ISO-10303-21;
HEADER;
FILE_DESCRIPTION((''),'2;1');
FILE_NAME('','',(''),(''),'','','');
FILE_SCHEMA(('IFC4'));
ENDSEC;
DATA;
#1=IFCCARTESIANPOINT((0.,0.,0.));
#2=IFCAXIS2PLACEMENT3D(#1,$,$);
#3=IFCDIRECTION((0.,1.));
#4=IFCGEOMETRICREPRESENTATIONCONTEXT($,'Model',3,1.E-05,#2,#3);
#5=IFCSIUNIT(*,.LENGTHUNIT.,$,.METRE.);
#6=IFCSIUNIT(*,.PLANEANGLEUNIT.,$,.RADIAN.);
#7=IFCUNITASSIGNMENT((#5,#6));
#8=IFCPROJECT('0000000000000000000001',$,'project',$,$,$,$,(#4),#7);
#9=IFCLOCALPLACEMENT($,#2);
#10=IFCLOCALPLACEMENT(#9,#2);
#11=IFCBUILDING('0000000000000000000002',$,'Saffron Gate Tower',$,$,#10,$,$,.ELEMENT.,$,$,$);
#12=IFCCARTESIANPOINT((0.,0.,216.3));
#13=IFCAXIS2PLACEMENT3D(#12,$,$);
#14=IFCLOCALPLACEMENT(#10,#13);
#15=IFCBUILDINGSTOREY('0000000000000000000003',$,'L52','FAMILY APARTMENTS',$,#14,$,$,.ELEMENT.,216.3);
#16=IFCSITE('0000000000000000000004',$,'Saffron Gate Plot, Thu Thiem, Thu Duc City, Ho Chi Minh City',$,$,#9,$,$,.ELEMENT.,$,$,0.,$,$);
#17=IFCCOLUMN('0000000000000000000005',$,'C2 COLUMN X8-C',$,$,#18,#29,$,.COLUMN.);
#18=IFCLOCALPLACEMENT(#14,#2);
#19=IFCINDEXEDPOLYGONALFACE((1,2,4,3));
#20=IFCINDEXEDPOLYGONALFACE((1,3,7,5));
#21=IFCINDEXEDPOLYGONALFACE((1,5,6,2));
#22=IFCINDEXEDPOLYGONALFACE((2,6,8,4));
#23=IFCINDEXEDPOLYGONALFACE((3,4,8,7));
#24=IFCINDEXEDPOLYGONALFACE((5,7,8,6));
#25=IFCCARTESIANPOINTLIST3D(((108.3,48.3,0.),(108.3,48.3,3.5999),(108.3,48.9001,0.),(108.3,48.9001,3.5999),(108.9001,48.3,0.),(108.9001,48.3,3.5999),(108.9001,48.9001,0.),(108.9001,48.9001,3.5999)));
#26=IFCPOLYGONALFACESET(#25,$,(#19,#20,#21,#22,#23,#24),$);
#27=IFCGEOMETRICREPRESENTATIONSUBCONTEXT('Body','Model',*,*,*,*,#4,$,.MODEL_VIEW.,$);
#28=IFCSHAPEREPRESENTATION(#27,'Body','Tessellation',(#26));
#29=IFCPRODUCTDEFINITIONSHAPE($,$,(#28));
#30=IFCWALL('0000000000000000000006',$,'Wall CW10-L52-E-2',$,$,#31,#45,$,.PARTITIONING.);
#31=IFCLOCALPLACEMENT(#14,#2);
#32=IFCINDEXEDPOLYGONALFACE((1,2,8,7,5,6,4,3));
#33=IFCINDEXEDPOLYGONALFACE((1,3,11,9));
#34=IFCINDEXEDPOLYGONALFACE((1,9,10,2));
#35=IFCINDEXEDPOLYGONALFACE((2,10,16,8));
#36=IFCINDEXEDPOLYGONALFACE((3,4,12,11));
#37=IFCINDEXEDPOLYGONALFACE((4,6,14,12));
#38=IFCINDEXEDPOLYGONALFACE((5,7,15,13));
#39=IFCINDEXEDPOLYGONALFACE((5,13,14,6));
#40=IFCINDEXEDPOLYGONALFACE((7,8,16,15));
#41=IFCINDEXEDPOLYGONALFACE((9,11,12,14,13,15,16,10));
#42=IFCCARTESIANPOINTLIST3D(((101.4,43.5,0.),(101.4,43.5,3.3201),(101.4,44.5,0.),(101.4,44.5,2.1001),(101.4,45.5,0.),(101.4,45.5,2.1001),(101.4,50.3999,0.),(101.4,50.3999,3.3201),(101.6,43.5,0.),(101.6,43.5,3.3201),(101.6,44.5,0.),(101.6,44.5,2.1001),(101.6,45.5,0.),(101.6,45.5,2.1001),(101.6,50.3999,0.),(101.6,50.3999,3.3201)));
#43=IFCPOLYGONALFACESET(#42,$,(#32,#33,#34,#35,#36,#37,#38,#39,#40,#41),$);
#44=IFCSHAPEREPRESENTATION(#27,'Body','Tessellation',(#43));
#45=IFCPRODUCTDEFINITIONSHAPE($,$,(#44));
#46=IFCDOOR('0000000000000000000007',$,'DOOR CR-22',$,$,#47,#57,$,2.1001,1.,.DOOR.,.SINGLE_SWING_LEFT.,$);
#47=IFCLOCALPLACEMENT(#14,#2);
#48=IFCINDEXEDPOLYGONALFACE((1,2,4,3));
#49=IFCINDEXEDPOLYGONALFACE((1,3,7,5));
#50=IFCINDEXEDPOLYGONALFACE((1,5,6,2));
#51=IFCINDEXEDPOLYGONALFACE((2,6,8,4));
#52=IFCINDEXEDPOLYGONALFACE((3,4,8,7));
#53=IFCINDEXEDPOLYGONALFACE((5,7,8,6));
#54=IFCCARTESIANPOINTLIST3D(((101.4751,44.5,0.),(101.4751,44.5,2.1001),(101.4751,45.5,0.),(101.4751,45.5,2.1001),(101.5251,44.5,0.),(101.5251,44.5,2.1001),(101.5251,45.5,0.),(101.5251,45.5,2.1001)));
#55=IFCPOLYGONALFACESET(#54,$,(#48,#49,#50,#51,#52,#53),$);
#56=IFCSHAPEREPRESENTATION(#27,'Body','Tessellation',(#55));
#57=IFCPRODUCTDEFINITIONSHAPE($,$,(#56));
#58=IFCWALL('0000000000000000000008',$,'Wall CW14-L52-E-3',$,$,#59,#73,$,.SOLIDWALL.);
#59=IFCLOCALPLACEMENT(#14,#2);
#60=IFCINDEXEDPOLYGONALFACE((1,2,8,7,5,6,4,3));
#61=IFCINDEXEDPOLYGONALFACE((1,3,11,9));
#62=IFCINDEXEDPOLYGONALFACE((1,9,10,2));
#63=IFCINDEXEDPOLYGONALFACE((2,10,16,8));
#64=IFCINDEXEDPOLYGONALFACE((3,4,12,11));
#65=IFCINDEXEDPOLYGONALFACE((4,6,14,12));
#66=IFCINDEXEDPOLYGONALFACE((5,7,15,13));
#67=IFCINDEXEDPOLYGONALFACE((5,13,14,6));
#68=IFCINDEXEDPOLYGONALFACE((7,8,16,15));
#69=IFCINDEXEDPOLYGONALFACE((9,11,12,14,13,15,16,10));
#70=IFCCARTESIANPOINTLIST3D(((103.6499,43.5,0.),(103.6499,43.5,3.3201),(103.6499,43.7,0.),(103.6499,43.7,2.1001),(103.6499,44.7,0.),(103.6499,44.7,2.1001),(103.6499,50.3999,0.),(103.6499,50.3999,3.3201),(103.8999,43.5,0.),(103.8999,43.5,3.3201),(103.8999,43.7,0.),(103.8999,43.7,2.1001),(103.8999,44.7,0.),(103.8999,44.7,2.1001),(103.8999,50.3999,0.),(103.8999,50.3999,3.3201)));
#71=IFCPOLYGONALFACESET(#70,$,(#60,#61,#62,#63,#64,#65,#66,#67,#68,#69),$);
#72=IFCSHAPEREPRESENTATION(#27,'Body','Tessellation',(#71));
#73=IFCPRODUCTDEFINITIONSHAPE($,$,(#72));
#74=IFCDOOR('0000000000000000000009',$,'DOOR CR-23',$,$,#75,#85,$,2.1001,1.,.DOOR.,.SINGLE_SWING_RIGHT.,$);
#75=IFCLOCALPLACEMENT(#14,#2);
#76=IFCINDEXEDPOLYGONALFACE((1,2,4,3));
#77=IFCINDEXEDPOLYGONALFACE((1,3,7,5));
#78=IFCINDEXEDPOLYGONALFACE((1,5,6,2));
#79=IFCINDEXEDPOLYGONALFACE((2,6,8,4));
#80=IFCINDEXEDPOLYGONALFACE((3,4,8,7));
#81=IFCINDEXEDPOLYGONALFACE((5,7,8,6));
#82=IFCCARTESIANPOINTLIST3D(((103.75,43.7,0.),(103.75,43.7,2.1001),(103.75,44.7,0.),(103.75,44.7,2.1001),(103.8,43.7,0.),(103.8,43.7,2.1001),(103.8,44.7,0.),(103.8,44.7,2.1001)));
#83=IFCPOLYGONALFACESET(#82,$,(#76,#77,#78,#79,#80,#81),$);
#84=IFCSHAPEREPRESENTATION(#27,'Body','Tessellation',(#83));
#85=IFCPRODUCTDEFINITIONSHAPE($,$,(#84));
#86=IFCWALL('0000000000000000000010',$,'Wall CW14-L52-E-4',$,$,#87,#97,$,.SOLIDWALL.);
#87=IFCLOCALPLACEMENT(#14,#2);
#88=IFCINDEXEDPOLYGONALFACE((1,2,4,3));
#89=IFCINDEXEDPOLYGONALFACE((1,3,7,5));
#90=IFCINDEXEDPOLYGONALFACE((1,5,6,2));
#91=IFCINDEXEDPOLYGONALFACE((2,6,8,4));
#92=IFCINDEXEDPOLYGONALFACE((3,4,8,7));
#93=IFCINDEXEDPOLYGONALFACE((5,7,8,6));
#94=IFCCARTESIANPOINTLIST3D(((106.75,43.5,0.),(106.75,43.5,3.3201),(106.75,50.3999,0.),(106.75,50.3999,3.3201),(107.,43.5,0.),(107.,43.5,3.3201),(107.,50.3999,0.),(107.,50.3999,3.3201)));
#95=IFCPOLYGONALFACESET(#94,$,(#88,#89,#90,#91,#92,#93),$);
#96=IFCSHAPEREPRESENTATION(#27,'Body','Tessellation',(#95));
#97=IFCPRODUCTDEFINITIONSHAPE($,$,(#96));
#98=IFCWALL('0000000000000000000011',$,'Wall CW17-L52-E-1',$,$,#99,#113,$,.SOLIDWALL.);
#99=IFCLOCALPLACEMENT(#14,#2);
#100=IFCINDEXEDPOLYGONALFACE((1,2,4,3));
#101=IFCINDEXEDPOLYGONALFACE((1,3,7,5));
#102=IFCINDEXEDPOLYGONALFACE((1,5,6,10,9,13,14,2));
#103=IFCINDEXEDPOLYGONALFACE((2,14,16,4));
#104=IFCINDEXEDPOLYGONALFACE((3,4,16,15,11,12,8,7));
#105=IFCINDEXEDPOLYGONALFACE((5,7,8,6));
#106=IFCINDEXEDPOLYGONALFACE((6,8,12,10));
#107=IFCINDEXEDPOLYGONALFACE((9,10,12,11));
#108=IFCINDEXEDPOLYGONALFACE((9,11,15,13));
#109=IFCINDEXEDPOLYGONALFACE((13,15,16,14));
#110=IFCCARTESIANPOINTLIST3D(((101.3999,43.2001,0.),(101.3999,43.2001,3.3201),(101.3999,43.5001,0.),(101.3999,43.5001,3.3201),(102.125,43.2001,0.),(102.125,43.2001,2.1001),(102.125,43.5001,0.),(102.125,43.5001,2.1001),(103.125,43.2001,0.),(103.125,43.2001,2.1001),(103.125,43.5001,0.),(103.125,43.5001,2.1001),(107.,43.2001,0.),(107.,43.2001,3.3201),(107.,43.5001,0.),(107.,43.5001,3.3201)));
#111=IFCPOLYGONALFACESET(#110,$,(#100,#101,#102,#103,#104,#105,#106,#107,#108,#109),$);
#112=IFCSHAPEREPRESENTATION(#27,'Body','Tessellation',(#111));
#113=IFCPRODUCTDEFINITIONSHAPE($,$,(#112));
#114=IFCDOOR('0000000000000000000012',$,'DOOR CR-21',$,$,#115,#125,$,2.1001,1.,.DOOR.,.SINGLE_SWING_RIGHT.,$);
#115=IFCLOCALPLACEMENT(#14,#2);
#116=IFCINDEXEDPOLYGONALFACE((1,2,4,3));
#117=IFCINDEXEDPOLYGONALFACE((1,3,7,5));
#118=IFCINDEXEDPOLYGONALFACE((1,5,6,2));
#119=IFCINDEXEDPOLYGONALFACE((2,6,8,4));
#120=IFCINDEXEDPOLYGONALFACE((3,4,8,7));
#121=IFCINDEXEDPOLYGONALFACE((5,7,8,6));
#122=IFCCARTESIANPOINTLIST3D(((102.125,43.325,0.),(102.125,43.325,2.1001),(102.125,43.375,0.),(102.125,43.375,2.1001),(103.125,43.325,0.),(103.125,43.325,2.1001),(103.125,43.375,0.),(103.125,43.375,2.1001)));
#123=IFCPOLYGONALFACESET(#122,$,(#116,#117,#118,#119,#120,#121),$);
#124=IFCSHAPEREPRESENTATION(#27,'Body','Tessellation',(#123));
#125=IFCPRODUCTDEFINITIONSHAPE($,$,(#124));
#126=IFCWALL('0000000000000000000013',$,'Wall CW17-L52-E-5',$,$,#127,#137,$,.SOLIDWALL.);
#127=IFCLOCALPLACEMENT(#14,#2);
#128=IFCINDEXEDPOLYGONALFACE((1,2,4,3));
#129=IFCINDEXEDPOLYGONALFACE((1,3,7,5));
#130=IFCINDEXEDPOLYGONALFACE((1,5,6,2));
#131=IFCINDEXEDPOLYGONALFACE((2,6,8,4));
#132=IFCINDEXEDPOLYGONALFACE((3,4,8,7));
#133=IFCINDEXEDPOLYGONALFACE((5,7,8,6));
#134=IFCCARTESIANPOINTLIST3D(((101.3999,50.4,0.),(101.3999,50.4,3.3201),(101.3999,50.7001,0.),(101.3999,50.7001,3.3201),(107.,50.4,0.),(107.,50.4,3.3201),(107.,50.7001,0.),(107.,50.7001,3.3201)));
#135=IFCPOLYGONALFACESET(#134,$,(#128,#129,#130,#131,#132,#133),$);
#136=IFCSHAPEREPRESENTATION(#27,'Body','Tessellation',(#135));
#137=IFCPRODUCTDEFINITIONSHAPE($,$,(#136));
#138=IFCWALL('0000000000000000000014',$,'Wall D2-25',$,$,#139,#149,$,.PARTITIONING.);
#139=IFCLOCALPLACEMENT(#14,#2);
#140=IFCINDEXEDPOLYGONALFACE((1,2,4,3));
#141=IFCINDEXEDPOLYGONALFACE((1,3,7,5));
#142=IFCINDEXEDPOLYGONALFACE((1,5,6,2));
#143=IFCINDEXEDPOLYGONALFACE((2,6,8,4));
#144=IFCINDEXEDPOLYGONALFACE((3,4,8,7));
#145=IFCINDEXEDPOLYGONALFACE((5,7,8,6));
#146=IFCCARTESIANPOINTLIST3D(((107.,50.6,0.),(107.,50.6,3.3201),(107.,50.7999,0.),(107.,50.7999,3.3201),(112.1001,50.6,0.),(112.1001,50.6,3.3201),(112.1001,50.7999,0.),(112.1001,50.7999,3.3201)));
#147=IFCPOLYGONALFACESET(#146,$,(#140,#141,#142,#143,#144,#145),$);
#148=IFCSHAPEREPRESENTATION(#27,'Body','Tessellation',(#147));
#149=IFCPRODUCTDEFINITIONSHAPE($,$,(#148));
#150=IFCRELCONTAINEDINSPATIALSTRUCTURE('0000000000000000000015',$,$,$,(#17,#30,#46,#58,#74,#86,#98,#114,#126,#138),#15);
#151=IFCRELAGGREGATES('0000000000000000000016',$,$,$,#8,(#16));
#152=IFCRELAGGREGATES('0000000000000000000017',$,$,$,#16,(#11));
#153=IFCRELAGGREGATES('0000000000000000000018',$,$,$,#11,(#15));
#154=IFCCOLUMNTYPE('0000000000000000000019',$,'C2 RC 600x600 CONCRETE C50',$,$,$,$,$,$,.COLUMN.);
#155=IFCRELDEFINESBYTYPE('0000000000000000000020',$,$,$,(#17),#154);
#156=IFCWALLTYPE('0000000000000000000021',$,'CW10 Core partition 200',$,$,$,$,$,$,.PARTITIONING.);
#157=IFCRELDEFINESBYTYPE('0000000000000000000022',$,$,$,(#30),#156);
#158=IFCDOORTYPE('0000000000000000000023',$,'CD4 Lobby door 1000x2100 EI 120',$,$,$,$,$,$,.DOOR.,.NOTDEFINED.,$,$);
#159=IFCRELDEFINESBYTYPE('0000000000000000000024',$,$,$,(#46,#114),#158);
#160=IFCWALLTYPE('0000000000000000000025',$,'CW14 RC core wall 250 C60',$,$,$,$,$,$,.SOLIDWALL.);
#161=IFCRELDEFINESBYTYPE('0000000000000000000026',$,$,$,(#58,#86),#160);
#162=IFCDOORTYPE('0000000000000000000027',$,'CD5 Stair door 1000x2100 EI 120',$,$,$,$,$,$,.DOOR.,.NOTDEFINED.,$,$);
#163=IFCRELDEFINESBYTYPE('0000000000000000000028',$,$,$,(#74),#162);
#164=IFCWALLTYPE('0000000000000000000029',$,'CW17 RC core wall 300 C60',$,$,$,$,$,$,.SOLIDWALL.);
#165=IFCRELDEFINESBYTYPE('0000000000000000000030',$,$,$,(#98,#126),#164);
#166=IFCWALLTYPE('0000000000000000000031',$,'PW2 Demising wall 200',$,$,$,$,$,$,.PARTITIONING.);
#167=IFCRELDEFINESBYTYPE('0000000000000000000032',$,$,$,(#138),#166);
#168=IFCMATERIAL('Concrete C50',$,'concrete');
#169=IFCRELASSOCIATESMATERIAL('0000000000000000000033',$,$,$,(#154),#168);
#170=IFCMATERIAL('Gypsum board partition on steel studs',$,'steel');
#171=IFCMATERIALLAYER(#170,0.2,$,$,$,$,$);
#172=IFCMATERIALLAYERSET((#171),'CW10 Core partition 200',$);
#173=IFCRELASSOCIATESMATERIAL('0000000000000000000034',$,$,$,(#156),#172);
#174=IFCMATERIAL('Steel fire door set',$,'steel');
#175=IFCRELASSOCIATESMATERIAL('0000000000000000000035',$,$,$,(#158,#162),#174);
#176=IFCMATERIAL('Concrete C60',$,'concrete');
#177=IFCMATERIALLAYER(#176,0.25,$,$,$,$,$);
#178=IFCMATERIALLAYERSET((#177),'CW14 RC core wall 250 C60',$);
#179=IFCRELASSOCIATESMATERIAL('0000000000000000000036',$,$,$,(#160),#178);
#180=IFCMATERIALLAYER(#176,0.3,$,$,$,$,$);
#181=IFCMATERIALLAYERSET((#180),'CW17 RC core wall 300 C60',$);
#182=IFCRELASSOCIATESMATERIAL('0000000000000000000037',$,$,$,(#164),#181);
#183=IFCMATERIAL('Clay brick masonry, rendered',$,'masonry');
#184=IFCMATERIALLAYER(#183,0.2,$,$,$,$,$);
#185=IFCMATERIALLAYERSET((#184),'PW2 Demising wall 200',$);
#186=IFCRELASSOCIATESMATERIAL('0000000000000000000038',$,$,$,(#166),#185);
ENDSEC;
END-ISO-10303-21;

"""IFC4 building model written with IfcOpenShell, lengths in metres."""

from ifc_helpers import new_model, si_unit, direction, frame, frame_2d, origin, origin_2d, place, context, subcontext, project, spatial, rectangle, extrude, material, layer, layer_set, material_profile, profile_set, type_object, element, fill, save


model = new_model("IFC4")

# Units and contexts
model_context = context("Model", 3, precision=1e-05, world=origin(), true_north=direction((0.0, 1.0)))
body_context = subcontext(model_context, "Body", "Model", "MODEL_VIEW")
ifc_project = project(units=[si_unit("LENGTHUNIT", "METRE"), si_unit("PLANEANGLEUNIT", "RADIAN")], contexts=[model_context])

# Site, building, storey
site_placement = place(None, origin())
site = spatial("IfcSite", under=ifc_project, at=site_placement, Name="Saffron Gate Plot, Thu Thiem, Thu Duc City, Ho Chi Minh City", CompositionType="ELEMENT", RefElevation=0.0)
building_placement = place(site_placement, origin())
building = spatial("IfcBuilding", under=site, at=building_placement, Name="Saffron Gate Tower", CompositionType="ELEMENT")
storey_placement = place(building_placement, frame((0.0, 0.0, 216.3)))
storey = spatial("IfcBuildingStorey", under=building, at=storey_placement, Name="L52", Description="FAMILY APARTMENTS", CompositionType="ELEMENT", Elevation=216.3)

# Column
ifc_material_1 = material(Name="Concrete C50", Category="concrete")
ifc_material_profile = material_profile(ifc_material_1, rectangle(XDim=0.6001, YDim=0.6001, at=origin_2d()))
ifc_profile_set = profile_set([ifc_material_profile], Name="Concrete C50")
column_type = type_object("IfcColumnType", Name="C2 RC 600x600 CONCRETE C50", PredefinedType="COLUMN", material=ifc_profile_set)
column_placement = place(storey_placement, frame((108.6001, 48.6001, 0.0), z_axis=(0.0, 0.0, 1.0), x_axis=(1.0, 0.0, 0.0)))
element("IfcColumn", 1, at=column_placement, inside=storey, type_object=column_type, Name="C2 COLUMN X8-C", PredefinedType="COLUMN", context=body_context, shape_type="SweptSolid", body=[
    extrude(rectangle(XDim=0.6001, YDim=0.6001, at=origin_2d()), origin(), (0.0, 0.0, 1.0), 3.5999),
])

# Walls, openings, doors
ifc_material_2 = material(Name="Gypsum board partition on steel studs", Category="steel")
ifc_layer_1 = layer(ifc_material_2, 0.2)
ifc_layer_set_1 = layer_set([ifc_layer_1], Name="CW10 Core partition 200")
wall_type_1 = type_object("IfcWallType", Name="CW10 Core partition 200", PredefinedType="PARTITIONING", material=ifc_layer_set_1)
wall_1_placement = place(storey_placement, frame((101.5, 43.5, 0.0), z_axis=(0.0, 0.0, 1.0), x_axis=(0.0, 1.0, 0.0)))
wall_1 = element("IfcWall", 2, at=wall_1_placement, inside=storey, type_object=wall_type_1, Name="Wall CW10-L52-E-2", PredefinedType="PARTITIONING", context=body_context, shape_type="SweptSolid", body=[
    extrude(rectangle(XDim=6.8999, YDim=0.2, at=frame_2d((3.45, 0.0))), origin(), (0.0, 0.0, 1.0), 3.3201),
])
opening_1_placement = place(wall_1_placement, frame((1.0, 0.0, 0.0)))
opening_1 = element("IfcOpeningElement", 3, at=opening_1_placement, cuts=wall_1, PredefinedType="OPENING", context=body_context, shape_type="SweptSolid", body=[
    extrude(rectangle(XDim=1.0, YDim=2.1001, at=frame_2d((0.5, 1.05))), frame((0.0, 0.1099, 0.0), z_axis=(0.0, -1.0, 0.0), x_axis=(1.0, 0.0, 0.0)), (0.0, 0.0, 1.0), 0.22),
])
ifc_material_3 = material(Name="Steel fire door set", Category="steel")
door_type_1 = type_object("IfcDoorType", Name="CD4 Lobby door 1000x2100 EI 120", OperationType="NOTDEFINED", PredefinedType="DOOR", material=ifc_material_3)
door_1_placement = place(opening_1_placement, origin())
door_1 = element("IfcDoor", 4, at=door_1_placement, inside=storey, type_object=door_type_1, Name="DOOR CR-22", OperationType="SINGLE_SWING_LEFT", OverallHeight=2.1001, OverallWidth=1.0, PredefinedType="DOOR", context=body_context, shape_type="SweptSolid", body=[
    extrude(rectangle(XDim=1.0, YDim=2.1001, at=frame_2d((0.5, 1.05))), frame((0.0, 0.0249, 0.0), z_axis=(0.0, -1.0, 0.0), x_axis=(1.0, 0.0, 0.0)), (0.0, 0.0, 1.0), 0.05),
])
fill(opening_1, door_1)
ifc_material_4 = material(Name="Concrete C60", Category="concrete")
ifc_layer_2 = layer(ifc_material_4, 0.25)
ifc_layer_set_2 = layer_set([ifc_layer_2], Name="CW14 RC core wall 250 C60")
wall_type_2 = type_object("IfcWallType", Name="CW14 RC core wall 250 C60", PredefinedType="SOLIDWALL", material=ifc_layer_set_2)
wall_2_placement = place(storey_placement, frame((103.7749, 43.5, 0.0), z_axis=(0.0, 0.0, 1.0), x_axis=(0.0, 1.0, 0.0)))
wall_2 = element("IfcWall", 5, at=wall_2_placement, inside=storey, type_object=wall_type_2, Name="Wall CW14-L52-E-3", PredefinedType="SOLIDWALL", context=body_context, shape_type="SweptSolid", body=[
    extrude(rectangle(XDim=6.8999, YDim=0.25, at=frame_2d((3.45, 0.0))), origin(), (0.0, 0.0, 1.0), 3.3201),
])
opening_2_placement = place(wall_2_placement, frame((0.2, 0.0, 0.0)))
opening_2 = element("IfcOpeningElement", 6, at=opening_2_placement, cuts=wall_2, PredefinedType="OPENING", context=body_context, shape_type="SweptSolid", body=[
    extrude(rectangle(XDim=1.0, YDim=2.1001, at=frame_2d((0.5, 1.05))), frame((0.0, 0.135, 0.0), z_axis=(0.0, -1.0, 0.0), x_axis=(1.0, 0.0, 0.0)), (0.0, 0.0, 1.0), 0.27),
])
door_type_2 = type_object("IfcDoorType", Name="CD5 Stair door 1000x2100 EI 120", OperationType="NOTDEFINED", PredefinedType="DOOR", material=ifc_material_3)
door_2_placement = place(opening_2_placement, origin())
door_2 = element("IfcDoor", 7, at=door_2_placement, inside=storey, type_object=door_type_2, Name="DOOR CR-23", OperationType="SINGLE_SWING_RIGHT", OverallHeight=2.1001, OverallWidth=1.0, PredefinedType="DOOR", context=body_context, shape_type="SweptSolid", body=[
    extrude(rectangle(XDim=1.0, YDim=2.1001, at=frame_2d((0.5, 1.05))), frame((0.0, 0.0249, 0.0), z_axis=(0.0, -1.0, 0.0), x_axis=(1.0, 0.0, 0.0)), (0.0, 0.0, 1.0), 0.05),
])
fill(opening_2, door_2)

# Wall
wall_3_placement = place(storey_placement, frame((106.875, 43.5, 0.0), z_axis=(0.0, 0.0, 1.0), x_axis=(0.0, 1.0, 0.0)))
element("IfcWall", 8, at=wall_3_placement, inside=storey, type_object=wall_type_2, Name="Wall CW14-L52-E-4", PredefinedType="SOLIDWALL", context=body_context, shape_type="SweptSolid", body=[
    extrude(rectangle(XDim=6.8999, YDim=0.25, at=frame_2d((3.45, 0.0))), origin(), (0.0, 0.0, 1.0), 3.3201),
])

# Wall, opening, door
ifc_layer_3 = layer(ifc_material_4, 0.3)
ifc_layer_set_3 = layer_set([ifc_layer_3], Name="CW17 RC core wall 300 C60")
wall_type_3 = type_object("IfcWallType", Name="CW17 RC core wall 300 C60", PredefinedType="SOLIDWALL", material=ifc_layer_set_3)
wall_4_placement = place(storey_placement, frame((101.3999, 43.3501, 0.0), z_axis=(0.0, 0.0, 1.0), x_axis=(1.0, 0.0, 0.0)))
wall_4 = element("IfcWall", 9, at=wall_4_placement, inside=storey, type_object=wall_type_3, Name="Wall CW17-L52-E-1", PredefinedType="SOLIDWALL", context=body_context, shape_type="SweptSolid", body=[
    extrude(rectangle(XDim=5.6001, YDim=0.3, at=frame_2d((2.8, 0.0))), origin(), (0.0, 0.0, 1.0), 3.3201),
])
opening_3_placement = place(wall_4_placement, frame((0.7251, 0.0, 0.0)))
opening_3 = element("IfcOpeningElement", 10, at=opening_3_placement, cuts=wall_4, PredefinedType="OPENING", context=body_context, shape_type="SweptSolid", body=[
    extrude(rectangle(XDim=1.0, YDim=2.1001, at=frame_2d((0.5, 1.05))), frame((0.0, 0.1602, 0.0), z_axis=(0.0, -1.0, 0.0), x_axis=(1.0, 0.0, 0.0)), (0.0, 0.0, 1.0), 0.3201),
])
door_3_placement = place(opening_3_placement, origin())
door_3 = element("IfcDoor", 11, at=door_3_placement, inside=storey, type_object=door_type_1, Name="DOOR CR-21", OperationType="SINGLE_SWING_RIGHT", OverallHeight=2.1001, OverallWidth=1.0, PredefinedType="DOOR", context=body_context, shape_type="SweptSolid", body=[
    extrude(rectangle(XDim=1.0, YDim=2.1001, at=frame_2d((0.5, 1.05))), frame((0.0, 0.0249, 0.0), z_axis=(0.0, -1.0, 0.0), x_axis=(1.0, 0.0, 0.0)), (0.0, 0.0, 1.0), 0.05),
])
fill(opening_3, door_3)

# Walls
wall_5_placement = place(storey_placement, frame((101.3999, 50.55, 0.0), z_axis=(0.0, 0.0, 1.0), x_axis=(1.0, 0.0, 0.0)))
element("IfcWall", 12, at=wall_5_placement, inside=storey, type_object=wall_type_3, Name="Wall CW17-L52-E-5", PredefinedType="SOLIDWALL", context=body_context, shape_type="SweptSolid", body=[
    extrude(rectangle(XDim=5.6001, YDim=0.3, at=frame_2d((2.8, 0.0))), origin(), (0.0, 0.0, 1.0), 3.3201),
])
ifc_material_5 = material(Name="Clay brick masonry, rendered", Category="masonry")
ifc_layer_4 = layer(ifc_material_5, 0.2)
ifc_layer_set_4 = layer_set([ifc_layer_4], Name="PW2 Demising wall 200")
wall_type_4 = type_object("IfcWallType", Name="PW2 Demising wall 200", PredefinedType="PARTITIONING", material=ifc_layer_set_4)
wall_6_placement = place(storey_placement, frame((107.0, 50.7, 0.0), z_axis=(0.0, 0.0, 1.0), x_axis=(1.0, 0.0, 0.0)))
element("IfcWall", 13, at=wall_6_placement, inside=storey, type_object=wall_type_4, Name="Wall D2-25", PredefinedType="PARTITIONING", context=body_context, shape_type="SweptSolid", body=[
    extrude(rectangle(XDim=5.1001, YDim=0.2, at=frame_2d((2.55, 0.0))), origin(), (0.0, 0.0, 1.0), 3.3201),
])

save(model, "model.ifc")
